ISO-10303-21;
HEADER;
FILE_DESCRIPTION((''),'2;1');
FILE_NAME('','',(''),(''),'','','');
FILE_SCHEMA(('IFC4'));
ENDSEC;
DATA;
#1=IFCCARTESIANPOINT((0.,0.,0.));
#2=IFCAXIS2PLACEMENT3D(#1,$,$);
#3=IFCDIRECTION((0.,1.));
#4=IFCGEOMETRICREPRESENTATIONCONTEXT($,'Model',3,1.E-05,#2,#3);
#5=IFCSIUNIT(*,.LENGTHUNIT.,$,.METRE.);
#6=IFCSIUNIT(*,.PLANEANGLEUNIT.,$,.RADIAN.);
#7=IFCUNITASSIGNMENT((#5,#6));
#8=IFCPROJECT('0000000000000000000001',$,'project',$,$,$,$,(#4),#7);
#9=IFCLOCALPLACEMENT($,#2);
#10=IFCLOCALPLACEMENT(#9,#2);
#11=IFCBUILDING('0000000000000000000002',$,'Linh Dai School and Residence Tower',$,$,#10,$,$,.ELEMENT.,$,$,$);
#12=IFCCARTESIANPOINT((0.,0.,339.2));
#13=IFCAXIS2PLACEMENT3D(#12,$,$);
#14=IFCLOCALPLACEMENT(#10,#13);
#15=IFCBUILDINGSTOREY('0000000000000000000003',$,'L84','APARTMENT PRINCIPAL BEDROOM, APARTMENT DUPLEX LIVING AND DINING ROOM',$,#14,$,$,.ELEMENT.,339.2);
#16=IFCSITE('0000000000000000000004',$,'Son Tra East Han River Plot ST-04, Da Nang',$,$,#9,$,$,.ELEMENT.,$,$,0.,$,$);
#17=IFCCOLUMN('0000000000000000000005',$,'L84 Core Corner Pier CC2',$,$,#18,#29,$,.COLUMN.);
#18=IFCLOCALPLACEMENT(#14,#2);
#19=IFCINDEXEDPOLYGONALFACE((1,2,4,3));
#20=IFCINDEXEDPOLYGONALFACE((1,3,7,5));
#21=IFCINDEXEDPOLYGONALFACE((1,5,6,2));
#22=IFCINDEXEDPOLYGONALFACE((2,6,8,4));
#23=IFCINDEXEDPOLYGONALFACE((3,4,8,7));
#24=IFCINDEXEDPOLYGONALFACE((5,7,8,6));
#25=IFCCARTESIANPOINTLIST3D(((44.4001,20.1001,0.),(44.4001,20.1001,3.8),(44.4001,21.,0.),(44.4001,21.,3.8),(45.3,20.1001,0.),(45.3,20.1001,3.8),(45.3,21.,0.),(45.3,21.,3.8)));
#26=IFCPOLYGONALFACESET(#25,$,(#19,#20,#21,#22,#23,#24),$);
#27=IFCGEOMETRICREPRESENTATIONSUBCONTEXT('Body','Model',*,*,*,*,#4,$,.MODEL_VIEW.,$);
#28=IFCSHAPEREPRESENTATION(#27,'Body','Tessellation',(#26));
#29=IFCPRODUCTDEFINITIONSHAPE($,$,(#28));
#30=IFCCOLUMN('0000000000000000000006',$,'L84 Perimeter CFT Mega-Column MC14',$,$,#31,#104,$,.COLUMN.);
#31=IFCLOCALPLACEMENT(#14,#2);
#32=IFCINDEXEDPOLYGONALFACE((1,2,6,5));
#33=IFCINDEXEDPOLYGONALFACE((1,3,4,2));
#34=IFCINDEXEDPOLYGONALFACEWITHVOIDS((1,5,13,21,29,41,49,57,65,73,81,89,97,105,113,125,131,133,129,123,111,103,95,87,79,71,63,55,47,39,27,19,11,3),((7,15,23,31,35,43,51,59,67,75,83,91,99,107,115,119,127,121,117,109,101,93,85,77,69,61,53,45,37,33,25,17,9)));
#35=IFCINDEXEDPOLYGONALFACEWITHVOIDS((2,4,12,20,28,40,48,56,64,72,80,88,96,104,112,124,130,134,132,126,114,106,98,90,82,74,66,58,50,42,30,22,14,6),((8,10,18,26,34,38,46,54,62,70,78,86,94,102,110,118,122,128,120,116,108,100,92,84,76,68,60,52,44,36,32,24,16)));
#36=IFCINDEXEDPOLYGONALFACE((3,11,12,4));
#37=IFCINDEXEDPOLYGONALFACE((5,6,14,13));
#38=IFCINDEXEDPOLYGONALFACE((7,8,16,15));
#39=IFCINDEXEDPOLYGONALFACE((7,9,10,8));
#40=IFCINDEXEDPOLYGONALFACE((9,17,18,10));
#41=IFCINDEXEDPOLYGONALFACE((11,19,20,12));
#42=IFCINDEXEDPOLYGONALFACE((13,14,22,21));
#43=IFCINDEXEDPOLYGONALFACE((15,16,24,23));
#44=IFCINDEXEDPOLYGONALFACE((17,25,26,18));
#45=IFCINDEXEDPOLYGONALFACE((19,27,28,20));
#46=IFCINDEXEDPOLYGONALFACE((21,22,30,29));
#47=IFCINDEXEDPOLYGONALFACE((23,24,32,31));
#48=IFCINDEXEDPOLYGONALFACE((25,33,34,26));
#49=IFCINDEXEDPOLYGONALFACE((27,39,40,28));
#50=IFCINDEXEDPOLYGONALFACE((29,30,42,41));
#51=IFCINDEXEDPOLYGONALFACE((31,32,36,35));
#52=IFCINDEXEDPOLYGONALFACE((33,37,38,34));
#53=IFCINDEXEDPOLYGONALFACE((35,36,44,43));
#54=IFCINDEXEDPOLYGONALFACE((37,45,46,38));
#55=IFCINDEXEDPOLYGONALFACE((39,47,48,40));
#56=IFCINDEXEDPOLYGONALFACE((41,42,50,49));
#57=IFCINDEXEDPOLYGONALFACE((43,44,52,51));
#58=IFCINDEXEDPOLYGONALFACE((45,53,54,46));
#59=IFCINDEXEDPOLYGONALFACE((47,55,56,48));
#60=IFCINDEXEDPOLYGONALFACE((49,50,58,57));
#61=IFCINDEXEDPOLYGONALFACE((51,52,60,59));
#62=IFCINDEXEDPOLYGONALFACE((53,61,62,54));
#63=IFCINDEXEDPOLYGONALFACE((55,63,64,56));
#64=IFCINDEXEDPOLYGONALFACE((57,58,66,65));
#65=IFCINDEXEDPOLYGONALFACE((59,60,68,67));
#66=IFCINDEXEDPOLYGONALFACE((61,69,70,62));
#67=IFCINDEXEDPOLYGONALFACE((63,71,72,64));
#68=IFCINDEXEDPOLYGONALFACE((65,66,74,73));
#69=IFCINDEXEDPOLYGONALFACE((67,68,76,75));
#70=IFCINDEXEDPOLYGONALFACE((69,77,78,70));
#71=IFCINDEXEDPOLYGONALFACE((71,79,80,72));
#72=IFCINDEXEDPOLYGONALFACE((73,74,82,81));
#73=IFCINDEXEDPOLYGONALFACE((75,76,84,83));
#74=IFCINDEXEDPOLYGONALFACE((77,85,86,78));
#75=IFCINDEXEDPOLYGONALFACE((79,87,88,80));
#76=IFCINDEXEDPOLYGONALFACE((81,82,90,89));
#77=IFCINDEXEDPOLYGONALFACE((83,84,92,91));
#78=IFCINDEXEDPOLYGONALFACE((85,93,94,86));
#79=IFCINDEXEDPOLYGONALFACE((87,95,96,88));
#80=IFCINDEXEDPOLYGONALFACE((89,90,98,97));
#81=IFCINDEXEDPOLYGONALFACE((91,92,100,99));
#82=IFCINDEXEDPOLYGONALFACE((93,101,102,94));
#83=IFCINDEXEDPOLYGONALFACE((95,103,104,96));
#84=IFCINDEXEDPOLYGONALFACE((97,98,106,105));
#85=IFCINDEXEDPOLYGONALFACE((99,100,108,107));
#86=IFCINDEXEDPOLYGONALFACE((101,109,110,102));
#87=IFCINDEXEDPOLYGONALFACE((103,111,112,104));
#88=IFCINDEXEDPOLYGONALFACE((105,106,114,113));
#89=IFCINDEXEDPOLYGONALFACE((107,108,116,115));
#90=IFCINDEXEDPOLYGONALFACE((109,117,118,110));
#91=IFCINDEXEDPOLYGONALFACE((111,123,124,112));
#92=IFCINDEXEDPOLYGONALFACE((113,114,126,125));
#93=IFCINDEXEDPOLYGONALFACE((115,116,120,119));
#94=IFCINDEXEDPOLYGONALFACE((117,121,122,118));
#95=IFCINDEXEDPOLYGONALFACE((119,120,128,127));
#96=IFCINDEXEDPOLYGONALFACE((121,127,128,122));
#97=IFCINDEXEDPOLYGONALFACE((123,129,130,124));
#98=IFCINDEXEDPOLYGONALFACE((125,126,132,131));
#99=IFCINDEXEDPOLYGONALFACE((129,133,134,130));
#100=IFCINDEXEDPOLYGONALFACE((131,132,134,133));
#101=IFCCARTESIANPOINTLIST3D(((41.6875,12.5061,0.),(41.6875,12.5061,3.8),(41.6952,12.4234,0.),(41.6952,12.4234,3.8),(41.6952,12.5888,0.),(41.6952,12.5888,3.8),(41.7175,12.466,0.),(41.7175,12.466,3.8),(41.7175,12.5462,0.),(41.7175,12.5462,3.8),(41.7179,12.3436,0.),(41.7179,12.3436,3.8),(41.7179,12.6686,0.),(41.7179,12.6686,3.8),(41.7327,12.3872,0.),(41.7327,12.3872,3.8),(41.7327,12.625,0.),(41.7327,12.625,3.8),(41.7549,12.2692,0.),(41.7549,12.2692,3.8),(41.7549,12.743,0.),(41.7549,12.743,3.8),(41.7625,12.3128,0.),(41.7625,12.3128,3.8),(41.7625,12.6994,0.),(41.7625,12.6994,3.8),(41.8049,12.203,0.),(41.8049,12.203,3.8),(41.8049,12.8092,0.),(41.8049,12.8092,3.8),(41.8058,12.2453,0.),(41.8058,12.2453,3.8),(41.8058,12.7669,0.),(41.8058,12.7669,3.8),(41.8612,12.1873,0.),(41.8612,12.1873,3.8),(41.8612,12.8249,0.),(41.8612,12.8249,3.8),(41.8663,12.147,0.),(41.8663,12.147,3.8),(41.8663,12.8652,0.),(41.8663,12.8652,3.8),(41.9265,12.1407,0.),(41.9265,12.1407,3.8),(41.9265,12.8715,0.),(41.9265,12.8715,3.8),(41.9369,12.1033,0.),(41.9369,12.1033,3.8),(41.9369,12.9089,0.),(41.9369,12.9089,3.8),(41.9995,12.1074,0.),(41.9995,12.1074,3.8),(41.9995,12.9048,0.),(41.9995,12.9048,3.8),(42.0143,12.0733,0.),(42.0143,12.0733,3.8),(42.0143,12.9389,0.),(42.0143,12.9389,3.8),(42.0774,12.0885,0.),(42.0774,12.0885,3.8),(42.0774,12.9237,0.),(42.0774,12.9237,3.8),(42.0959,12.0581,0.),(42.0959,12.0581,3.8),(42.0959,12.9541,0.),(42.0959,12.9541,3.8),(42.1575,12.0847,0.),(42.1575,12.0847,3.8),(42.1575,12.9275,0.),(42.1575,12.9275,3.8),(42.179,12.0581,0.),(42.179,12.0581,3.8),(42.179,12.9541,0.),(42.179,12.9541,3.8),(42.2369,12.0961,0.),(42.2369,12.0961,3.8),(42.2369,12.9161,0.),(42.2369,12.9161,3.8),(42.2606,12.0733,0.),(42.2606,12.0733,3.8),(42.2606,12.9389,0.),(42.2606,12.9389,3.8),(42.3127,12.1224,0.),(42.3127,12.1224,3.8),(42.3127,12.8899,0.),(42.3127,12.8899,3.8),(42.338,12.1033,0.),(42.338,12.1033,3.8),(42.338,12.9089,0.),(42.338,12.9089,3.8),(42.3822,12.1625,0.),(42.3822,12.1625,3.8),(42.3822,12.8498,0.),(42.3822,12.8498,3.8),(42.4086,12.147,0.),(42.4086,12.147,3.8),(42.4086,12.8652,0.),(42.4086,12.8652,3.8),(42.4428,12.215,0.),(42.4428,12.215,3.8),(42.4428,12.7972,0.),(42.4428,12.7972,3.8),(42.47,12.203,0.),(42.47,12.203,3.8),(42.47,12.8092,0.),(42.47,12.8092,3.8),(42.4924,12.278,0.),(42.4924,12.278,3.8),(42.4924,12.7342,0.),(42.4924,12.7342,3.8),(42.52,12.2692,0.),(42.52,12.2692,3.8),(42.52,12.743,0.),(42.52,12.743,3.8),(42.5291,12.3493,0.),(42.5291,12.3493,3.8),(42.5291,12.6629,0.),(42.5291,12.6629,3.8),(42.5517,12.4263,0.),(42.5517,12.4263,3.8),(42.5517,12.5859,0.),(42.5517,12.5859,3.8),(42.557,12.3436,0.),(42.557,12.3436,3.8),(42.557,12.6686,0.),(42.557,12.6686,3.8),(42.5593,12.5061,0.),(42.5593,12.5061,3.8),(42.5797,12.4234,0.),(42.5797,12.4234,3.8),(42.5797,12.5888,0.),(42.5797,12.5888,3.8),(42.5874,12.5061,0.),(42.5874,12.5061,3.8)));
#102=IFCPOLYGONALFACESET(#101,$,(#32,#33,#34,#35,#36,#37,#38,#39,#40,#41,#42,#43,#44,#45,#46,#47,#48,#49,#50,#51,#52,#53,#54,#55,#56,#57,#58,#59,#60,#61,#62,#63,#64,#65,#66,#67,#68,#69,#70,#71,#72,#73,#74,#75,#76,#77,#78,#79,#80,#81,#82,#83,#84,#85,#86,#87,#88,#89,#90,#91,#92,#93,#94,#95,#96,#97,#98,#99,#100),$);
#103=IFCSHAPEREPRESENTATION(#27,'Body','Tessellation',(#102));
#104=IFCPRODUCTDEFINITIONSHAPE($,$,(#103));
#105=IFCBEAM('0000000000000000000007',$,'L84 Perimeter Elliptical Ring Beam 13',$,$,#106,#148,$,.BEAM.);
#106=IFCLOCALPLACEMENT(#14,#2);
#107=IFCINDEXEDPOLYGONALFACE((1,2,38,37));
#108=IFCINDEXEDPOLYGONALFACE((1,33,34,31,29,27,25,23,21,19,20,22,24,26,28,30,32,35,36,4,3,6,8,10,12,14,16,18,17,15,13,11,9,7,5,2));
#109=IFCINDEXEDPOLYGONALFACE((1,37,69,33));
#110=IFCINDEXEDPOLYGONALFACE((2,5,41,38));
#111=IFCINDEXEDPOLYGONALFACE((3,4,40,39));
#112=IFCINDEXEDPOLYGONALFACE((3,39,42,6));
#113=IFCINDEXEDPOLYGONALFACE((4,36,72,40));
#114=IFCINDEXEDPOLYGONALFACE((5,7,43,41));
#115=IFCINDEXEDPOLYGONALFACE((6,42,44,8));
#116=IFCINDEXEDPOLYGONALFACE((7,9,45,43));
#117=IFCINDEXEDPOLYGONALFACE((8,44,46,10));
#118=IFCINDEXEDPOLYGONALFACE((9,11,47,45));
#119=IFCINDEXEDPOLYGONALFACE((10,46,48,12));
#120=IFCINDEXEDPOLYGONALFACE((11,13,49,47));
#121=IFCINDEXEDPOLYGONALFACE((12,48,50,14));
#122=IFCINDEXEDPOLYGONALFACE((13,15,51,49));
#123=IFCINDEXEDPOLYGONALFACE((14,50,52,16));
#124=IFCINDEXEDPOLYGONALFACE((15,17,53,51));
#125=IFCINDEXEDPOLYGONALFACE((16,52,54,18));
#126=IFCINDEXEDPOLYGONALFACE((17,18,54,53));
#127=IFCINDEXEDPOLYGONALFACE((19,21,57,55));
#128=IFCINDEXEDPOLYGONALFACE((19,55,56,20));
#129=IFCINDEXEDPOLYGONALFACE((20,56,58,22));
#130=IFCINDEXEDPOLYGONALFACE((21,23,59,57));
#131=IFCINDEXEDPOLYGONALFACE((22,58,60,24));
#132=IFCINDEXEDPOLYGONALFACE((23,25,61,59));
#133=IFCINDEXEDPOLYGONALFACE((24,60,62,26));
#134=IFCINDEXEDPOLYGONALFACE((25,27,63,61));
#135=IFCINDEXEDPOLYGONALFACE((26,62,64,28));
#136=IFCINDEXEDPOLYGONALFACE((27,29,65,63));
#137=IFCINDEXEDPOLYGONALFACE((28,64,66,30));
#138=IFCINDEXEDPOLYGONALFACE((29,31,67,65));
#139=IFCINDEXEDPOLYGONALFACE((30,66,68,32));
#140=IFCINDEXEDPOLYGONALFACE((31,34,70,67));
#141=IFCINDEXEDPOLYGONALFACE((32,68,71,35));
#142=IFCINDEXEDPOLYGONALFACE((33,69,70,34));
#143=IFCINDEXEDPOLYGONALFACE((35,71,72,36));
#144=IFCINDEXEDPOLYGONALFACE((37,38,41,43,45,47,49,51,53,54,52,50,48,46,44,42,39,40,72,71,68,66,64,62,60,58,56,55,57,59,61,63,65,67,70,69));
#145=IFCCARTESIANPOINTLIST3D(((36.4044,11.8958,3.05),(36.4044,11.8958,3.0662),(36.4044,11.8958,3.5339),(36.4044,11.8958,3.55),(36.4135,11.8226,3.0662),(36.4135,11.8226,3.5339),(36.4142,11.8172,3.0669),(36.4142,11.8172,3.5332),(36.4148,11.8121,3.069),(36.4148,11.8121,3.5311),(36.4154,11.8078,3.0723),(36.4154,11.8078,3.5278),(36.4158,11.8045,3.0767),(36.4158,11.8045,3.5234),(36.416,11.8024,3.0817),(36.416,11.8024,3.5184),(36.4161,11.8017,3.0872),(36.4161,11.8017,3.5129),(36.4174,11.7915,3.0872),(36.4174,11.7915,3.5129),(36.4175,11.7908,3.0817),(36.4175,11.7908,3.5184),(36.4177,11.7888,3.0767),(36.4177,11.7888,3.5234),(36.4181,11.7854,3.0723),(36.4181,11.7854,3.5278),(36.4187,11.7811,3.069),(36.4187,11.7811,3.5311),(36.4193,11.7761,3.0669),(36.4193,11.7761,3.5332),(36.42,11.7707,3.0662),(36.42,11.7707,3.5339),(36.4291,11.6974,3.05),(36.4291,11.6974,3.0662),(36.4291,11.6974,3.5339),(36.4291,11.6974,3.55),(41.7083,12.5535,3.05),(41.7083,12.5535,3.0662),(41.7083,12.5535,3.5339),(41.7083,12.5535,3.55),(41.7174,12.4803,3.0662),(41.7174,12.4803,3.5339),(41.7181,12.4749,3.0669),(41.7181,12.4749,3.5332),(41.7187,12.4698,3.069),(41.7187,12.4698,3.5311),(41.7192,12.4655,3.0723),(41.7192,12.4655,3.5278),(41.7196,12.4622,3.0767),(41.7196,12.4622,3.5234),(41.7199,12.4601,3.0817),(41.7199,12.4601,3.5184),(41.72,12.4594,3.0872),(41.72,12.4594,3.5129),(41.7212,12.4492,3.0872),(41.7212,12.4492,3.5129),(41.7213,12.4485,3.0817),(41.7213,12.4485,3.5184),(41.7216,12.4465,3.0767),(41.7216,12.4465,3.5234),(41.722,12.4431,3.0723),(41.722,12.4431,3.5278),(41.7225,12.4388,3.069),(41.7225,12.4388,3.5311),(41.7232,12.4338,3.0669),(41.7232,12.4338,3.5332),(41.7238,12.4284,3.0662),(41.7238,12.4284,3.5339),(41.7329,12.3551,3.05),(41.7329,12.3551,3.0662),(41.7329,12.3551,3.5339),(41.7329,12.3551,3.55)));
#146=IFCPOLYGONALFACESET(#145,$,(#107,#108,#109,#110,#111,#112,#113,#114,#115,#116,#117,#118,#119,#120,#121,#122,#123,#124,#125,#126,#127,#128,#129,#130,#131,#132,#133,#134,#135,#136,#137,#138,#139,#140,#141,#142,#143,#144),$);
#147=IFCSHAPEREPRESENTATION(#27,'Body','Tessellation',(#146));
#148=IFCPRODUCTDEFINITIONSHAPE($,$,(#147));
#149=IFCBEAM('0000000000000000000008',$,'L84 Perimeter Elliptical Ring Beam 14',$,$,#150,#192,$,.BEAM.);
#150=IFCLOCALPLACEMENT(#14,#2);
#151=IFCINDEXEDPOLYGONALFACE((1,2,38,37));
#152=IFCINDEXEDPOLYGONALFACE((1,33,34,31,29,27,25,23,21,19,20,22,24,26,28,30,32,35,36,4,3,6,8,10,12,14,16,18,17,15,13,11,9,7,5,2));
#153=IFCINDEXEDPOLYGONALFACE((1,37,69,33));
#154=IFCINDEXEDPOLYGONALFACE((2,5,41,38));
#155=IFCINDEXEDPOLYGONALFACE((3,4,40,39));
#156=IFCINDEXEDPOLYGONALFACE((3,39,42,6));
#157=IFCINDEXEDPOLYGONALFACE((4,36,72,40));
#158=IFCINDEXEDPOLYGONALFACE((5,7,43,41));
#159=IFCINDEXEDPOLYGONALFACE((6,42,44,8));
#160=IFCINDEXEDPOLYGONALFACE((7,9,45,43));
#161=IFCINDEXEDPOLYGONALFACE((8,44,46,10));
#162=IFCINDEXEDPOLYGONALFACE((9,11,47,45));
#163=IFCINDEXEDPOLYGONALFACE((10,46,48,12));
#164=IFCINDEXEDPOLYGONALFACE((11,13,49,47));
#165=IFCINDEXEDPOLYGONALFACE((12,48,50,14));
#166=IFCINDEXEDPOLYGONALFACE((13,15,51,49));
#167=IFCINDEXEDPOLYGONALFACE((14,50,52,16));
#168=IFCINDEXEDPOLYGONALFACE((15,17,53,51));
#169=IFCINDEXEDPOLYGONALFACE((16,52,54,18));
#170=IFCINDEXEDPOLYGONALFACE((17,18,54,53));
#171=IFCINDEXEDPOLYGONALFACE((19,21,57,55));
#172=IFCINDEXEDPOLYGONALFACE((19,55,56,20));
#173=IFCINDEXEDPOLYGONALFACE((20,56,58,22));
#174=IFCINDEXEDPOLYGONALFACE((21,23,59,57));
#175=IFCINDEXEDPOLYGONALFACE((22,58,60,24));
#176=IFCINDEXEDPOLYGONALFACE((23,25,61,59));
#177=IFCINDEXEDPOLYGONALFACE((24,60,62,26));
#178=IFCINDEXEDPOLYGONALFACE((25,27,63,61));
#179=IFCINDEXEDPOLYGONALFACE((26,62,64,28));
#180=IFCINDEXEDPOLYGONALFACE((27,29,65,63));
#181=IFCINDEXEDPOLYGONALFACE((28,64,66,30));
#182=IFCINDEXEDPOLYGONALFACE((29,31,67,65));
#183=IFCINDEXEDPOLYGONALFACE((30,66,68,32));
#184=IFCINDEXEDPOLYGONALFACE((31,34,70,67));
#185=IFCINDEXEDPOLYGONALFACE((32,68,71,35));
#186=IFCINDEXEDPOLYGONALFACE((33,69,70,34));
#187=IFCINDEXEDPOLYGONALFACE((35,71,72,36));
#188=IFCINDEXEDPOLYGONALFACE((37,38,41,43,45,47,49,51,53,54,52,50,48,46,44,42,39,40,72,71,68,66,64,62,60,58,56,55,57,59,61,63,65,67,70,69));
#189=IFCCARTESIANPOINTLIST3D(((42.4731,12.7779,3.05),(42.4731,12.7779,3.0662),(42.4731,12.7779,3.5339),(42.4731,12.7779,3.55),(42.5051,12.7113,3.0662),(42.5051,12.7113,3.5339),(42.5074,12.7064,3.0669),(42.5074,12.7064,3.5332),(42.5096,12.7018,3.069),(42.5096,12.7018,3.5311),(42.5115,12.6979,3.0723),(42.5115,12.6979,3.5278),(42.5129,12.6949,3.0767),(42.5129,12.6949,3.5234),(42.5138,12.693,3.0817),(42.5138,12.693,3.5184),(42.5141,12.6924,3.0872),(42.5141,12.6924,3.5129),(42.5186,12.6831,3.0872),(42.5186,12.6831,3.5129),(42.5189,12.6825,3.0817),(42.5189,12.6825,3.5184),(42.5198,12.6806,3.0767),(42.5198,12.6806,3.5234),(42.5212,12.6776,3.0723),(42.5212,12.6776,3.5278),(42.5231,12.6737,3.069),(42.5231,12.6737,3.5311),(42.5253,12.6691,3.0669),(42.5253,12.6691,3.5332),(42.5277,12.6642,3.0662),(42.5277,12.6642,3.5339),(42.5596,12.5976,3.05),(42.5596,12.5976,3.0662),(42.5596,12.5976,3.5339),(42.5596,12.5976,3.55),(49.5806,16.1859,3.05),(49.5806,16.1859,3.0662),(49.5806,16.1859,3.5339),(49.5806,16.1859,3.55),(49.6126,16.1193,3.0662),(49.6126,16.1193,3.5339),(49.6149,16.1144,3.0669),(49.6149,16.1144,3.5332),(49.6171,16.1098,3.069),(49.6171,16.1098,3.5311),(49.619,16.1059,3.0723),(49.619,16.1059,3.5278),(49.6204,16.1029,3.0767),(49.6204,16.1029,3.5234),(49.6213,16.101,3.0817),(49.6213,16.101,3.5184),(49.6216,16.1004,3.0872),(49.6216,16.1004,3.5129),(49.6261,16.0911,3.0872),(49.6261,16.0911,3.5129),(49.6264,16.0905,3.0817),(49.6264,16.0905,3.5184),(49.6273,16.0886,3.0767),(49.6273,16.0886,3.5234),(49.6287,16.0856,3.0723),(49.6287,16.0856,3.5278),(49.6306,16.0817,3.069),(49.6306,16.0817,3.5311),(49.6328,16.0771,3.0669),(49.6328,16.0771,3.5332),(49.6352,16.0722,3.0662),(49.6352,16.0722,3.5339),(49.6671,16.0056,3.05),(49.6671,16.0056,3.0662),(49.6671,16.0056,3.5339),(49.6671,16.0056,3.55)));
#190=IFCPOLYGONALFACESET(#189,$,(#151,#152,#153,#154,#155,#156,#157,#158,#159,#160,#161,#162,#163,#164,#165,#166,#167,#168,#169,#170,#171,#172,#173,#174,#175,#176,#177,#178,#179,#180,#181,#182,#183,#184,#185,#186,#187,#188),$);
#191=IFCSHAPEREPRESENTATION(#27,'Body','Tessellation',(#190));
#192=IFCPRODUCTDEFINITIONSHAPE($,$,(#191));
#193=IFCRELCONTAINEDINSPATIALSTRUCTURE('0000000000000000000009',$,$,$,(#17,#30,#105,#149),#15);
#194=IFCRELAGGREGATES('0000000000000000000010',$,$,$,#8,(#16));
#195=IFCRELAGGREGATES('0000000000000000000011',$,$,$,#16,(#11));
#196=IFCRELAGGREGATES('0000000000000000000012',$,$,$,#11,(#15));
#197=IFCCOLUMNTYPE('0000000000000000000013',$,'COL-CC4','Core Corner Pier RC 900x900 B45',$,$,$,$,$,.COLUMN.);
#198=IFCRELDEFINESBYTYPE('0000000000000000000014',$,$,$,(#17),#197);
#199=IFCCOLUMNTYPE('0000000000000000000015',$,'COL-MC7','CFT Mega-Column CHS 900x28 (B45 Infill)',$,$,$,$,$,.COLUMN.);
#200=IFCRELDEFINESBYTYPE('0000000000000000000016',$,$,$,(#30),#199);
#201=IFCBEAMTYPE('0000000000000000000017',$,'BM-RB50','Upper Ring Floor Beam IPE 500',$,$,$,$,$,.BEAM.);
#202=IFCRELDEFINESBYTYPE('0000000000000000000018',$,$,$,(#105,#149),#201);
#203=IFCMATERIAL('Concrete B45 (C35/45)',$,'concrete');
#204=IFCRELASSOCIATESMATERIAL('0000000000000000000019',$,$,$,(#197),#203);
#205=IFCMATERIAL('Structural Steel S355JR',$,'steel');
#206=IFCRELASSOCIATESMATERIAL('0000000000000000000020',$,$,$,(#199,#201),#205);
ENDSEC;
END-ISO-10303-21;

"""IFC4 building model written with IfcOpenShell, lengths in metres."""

from ifc_helpers import new_model, si_unit, direction, frame, origin, origin_2d, place, context, subcontext, project, spatial, rectangle, hollow_circle, i_section, extrude, material, material_profile, profile_set, type_object, element, save


model = new_model("IFC4")

# Units and contexts
model_context = context("Model", 3, precision=1e-05, world=origin(), true_north=direction((0.0, 1.0)))
body_context = subcontext(model_context, "Body", "Model", "MODEL_VIEW")
ifc_project = project(units=[si_unit("LENGTHUNIT", "METRE"), si_unit("PLANEANGLEUNIT", "RADIAN")], contexts=[model_context])

# Site, building, storey
site_placement = place(None, origin())
site = spatial("IfcSite", under=ifc_project, at=site_placement, Name="Son Tra East Han River Plot ST-04, Da Nang", CompositionType="ELEMENT", RefElevation=0.0)
building_placement = place(site_placement, origin())
building = spatial("IfcBuilding", under=site, at=building_placement, Name="Linh Dai School and Residence Tower", CompositionType="ELEMENT")
storey_placement = place(building_placement, frame((0.0, 0.0, 339.2)))
storey = spatial("IfcBuildingStorey", under=building, at=storey_placement, Name="L84", Description="APARTMENT PRINCIPAL BEDROOM, APARTMENT DUPLEX LIVING AND DINING ROOM", CompositionType="ELEMENT", Elevation=339.2)

# Columns
ifc_material_1 = material(Name="Concrete B45 (C35/45)", Category="concrete")
ifc_material_profile_1 = material_profile(ifc_material_1, rectangle(XDim=0.8999, YDim=0.8999, at=origin_2d()), Name="RC 900x900")
ifc_profile_set_1 = profile_set([ifc_material_profile_1], Name="Concrete B45 (C35/45)")
column_type_1 = type_object("IfcColumnType", Name="COL-CC4", Description="Core Corner Pier RC 900x900 B45", PredefinedType="COLUMN", material=ifc_profile_set_1)
column_1_placement = place(storey_placement, frame((44.8501, 20.55, 0.0), z_axis=(0.0, 0.0, 1.0), x_axis=(1.0, 0.0, 0.0)))
element("IfcColumn", 1, at=column_1_placement, inside=storey, type_object=column_type_1, Name="L84 Core Corner Pier CC2", PredefinedType="COLUMN", context=body_context, shape_type="SweptSolid", body=[
    extrude(rectangle(XDim=0.8999, YDim=0.8999, at=origin_2d()), origin(), (0.0, 0.0, 1.0), 3.8),
])
ifc_material_2 = material(Name="Structural Steel S355JR", Category="steel")
ifc_material_profile_2 = material_profile(ifc_material_2, hollow_circle(Radius=0.45, WallThickness=0.0281, at=origin_2d()), Name="CHS 900x28")
ifc_profile_set_2 = profile_set([ifc_material_profile_2], Name="Structural Steel S355JR")
column_type_2 = type_object("IfcColumnType", Name="COL-MC7", Description="CFT Mega-Column CHS 900x28 (B45 Infill)", PredefinedType="COLUMN", material=ifc_profile_set_2)
column_2_placement = place(storey_placement, frame((42.1375, 12.5061, 0.0), z_axis=(0.0, 0.0, 1.0), x_axis=(1.0, 0.0, 0.0)))
element("IfcColumn", 2, at=column_2_placement, inside=storey, type_object=column_type_2, Name="L84 Perimeter CFT Mega-Column MC14", PredefinedType="COLUMN", context=body_context, shape_type="SweptSolid", body=[
    extrude(hollow_circle(Radius=0.45, WallThickness=0.0281, at=origin_2d()), origin(), (0.0, 0.0, 1.0), 3.8),
])

# Beams
ifc_material_profile_3 = material_profile(ifc_material_2, i_section(OverallWidth=0.2, OverallDepth=0.5, WebThickness=0.0103, FlangeThickness=0.0161, FilletRadius=0.021, at=origin_2d()), Name="IPE 500")
ifc_profile_set_3 = profile_set([ifc_material_profile_3], Name="Structural Steel S355JR")
beam_type_1 = type_object("IfcBeamType", Name="BM-RB50", Description="Upper Ring Floor Beam IPE 500", PredefinedType="BEAM", material=ifc_profile_set_3)
beam_1_placement = place(storey_placement, frame((36.4167, 11.7966, 3.3), z_axis=(0.992399, 0.123062, 0.0), x_axis=(-0.123062, 0.992399, 0.0)))
element("IfcBeam", 3, at=beam_1_placement, inside=storey, type_object=beam_type_1, Name="L84 Perimeter Elliptical Ring Beam 13", PredefinedType="BEAM", context=body_context, shape_type="SweptSolid", body=[
    extrude(i_section(OverallWidth=0.2, OverallDepth=0.5, WebThickness=0.0103, FlangeThickness=0.0161, FilletRadius=0.021, at=origin_2d()), origin(), (0.0, 0.0, 1.0), 5.3445),
])
beam_2_placement = place(storey_placement, frame((42.5164, 12.6877, 3.3), z_axis=(0.901701, 0.432359, 0.0), x_axis=(-0.432359, 0.901701, 0.0)))
element("IfcBeam", 4, at=beam_2_placement, inside=storey, type_object=beam_type_1, Name="L84 Perimeter Elliptical Ring Beam 14", PredefinedType="BEAM", context=body_context, shape_type="SweptSolid", body=[
    extrude(i_section(OverallWidth=0.2, OverallDepth=0.5, WebThickness=0.0103, FlangeThickness=0.0161, FilletRadius=0.021, at=origin_2d()), origin(), (0.0, 0.0, 1.0), 7.8823),
])

save(model, "model.ifc")
